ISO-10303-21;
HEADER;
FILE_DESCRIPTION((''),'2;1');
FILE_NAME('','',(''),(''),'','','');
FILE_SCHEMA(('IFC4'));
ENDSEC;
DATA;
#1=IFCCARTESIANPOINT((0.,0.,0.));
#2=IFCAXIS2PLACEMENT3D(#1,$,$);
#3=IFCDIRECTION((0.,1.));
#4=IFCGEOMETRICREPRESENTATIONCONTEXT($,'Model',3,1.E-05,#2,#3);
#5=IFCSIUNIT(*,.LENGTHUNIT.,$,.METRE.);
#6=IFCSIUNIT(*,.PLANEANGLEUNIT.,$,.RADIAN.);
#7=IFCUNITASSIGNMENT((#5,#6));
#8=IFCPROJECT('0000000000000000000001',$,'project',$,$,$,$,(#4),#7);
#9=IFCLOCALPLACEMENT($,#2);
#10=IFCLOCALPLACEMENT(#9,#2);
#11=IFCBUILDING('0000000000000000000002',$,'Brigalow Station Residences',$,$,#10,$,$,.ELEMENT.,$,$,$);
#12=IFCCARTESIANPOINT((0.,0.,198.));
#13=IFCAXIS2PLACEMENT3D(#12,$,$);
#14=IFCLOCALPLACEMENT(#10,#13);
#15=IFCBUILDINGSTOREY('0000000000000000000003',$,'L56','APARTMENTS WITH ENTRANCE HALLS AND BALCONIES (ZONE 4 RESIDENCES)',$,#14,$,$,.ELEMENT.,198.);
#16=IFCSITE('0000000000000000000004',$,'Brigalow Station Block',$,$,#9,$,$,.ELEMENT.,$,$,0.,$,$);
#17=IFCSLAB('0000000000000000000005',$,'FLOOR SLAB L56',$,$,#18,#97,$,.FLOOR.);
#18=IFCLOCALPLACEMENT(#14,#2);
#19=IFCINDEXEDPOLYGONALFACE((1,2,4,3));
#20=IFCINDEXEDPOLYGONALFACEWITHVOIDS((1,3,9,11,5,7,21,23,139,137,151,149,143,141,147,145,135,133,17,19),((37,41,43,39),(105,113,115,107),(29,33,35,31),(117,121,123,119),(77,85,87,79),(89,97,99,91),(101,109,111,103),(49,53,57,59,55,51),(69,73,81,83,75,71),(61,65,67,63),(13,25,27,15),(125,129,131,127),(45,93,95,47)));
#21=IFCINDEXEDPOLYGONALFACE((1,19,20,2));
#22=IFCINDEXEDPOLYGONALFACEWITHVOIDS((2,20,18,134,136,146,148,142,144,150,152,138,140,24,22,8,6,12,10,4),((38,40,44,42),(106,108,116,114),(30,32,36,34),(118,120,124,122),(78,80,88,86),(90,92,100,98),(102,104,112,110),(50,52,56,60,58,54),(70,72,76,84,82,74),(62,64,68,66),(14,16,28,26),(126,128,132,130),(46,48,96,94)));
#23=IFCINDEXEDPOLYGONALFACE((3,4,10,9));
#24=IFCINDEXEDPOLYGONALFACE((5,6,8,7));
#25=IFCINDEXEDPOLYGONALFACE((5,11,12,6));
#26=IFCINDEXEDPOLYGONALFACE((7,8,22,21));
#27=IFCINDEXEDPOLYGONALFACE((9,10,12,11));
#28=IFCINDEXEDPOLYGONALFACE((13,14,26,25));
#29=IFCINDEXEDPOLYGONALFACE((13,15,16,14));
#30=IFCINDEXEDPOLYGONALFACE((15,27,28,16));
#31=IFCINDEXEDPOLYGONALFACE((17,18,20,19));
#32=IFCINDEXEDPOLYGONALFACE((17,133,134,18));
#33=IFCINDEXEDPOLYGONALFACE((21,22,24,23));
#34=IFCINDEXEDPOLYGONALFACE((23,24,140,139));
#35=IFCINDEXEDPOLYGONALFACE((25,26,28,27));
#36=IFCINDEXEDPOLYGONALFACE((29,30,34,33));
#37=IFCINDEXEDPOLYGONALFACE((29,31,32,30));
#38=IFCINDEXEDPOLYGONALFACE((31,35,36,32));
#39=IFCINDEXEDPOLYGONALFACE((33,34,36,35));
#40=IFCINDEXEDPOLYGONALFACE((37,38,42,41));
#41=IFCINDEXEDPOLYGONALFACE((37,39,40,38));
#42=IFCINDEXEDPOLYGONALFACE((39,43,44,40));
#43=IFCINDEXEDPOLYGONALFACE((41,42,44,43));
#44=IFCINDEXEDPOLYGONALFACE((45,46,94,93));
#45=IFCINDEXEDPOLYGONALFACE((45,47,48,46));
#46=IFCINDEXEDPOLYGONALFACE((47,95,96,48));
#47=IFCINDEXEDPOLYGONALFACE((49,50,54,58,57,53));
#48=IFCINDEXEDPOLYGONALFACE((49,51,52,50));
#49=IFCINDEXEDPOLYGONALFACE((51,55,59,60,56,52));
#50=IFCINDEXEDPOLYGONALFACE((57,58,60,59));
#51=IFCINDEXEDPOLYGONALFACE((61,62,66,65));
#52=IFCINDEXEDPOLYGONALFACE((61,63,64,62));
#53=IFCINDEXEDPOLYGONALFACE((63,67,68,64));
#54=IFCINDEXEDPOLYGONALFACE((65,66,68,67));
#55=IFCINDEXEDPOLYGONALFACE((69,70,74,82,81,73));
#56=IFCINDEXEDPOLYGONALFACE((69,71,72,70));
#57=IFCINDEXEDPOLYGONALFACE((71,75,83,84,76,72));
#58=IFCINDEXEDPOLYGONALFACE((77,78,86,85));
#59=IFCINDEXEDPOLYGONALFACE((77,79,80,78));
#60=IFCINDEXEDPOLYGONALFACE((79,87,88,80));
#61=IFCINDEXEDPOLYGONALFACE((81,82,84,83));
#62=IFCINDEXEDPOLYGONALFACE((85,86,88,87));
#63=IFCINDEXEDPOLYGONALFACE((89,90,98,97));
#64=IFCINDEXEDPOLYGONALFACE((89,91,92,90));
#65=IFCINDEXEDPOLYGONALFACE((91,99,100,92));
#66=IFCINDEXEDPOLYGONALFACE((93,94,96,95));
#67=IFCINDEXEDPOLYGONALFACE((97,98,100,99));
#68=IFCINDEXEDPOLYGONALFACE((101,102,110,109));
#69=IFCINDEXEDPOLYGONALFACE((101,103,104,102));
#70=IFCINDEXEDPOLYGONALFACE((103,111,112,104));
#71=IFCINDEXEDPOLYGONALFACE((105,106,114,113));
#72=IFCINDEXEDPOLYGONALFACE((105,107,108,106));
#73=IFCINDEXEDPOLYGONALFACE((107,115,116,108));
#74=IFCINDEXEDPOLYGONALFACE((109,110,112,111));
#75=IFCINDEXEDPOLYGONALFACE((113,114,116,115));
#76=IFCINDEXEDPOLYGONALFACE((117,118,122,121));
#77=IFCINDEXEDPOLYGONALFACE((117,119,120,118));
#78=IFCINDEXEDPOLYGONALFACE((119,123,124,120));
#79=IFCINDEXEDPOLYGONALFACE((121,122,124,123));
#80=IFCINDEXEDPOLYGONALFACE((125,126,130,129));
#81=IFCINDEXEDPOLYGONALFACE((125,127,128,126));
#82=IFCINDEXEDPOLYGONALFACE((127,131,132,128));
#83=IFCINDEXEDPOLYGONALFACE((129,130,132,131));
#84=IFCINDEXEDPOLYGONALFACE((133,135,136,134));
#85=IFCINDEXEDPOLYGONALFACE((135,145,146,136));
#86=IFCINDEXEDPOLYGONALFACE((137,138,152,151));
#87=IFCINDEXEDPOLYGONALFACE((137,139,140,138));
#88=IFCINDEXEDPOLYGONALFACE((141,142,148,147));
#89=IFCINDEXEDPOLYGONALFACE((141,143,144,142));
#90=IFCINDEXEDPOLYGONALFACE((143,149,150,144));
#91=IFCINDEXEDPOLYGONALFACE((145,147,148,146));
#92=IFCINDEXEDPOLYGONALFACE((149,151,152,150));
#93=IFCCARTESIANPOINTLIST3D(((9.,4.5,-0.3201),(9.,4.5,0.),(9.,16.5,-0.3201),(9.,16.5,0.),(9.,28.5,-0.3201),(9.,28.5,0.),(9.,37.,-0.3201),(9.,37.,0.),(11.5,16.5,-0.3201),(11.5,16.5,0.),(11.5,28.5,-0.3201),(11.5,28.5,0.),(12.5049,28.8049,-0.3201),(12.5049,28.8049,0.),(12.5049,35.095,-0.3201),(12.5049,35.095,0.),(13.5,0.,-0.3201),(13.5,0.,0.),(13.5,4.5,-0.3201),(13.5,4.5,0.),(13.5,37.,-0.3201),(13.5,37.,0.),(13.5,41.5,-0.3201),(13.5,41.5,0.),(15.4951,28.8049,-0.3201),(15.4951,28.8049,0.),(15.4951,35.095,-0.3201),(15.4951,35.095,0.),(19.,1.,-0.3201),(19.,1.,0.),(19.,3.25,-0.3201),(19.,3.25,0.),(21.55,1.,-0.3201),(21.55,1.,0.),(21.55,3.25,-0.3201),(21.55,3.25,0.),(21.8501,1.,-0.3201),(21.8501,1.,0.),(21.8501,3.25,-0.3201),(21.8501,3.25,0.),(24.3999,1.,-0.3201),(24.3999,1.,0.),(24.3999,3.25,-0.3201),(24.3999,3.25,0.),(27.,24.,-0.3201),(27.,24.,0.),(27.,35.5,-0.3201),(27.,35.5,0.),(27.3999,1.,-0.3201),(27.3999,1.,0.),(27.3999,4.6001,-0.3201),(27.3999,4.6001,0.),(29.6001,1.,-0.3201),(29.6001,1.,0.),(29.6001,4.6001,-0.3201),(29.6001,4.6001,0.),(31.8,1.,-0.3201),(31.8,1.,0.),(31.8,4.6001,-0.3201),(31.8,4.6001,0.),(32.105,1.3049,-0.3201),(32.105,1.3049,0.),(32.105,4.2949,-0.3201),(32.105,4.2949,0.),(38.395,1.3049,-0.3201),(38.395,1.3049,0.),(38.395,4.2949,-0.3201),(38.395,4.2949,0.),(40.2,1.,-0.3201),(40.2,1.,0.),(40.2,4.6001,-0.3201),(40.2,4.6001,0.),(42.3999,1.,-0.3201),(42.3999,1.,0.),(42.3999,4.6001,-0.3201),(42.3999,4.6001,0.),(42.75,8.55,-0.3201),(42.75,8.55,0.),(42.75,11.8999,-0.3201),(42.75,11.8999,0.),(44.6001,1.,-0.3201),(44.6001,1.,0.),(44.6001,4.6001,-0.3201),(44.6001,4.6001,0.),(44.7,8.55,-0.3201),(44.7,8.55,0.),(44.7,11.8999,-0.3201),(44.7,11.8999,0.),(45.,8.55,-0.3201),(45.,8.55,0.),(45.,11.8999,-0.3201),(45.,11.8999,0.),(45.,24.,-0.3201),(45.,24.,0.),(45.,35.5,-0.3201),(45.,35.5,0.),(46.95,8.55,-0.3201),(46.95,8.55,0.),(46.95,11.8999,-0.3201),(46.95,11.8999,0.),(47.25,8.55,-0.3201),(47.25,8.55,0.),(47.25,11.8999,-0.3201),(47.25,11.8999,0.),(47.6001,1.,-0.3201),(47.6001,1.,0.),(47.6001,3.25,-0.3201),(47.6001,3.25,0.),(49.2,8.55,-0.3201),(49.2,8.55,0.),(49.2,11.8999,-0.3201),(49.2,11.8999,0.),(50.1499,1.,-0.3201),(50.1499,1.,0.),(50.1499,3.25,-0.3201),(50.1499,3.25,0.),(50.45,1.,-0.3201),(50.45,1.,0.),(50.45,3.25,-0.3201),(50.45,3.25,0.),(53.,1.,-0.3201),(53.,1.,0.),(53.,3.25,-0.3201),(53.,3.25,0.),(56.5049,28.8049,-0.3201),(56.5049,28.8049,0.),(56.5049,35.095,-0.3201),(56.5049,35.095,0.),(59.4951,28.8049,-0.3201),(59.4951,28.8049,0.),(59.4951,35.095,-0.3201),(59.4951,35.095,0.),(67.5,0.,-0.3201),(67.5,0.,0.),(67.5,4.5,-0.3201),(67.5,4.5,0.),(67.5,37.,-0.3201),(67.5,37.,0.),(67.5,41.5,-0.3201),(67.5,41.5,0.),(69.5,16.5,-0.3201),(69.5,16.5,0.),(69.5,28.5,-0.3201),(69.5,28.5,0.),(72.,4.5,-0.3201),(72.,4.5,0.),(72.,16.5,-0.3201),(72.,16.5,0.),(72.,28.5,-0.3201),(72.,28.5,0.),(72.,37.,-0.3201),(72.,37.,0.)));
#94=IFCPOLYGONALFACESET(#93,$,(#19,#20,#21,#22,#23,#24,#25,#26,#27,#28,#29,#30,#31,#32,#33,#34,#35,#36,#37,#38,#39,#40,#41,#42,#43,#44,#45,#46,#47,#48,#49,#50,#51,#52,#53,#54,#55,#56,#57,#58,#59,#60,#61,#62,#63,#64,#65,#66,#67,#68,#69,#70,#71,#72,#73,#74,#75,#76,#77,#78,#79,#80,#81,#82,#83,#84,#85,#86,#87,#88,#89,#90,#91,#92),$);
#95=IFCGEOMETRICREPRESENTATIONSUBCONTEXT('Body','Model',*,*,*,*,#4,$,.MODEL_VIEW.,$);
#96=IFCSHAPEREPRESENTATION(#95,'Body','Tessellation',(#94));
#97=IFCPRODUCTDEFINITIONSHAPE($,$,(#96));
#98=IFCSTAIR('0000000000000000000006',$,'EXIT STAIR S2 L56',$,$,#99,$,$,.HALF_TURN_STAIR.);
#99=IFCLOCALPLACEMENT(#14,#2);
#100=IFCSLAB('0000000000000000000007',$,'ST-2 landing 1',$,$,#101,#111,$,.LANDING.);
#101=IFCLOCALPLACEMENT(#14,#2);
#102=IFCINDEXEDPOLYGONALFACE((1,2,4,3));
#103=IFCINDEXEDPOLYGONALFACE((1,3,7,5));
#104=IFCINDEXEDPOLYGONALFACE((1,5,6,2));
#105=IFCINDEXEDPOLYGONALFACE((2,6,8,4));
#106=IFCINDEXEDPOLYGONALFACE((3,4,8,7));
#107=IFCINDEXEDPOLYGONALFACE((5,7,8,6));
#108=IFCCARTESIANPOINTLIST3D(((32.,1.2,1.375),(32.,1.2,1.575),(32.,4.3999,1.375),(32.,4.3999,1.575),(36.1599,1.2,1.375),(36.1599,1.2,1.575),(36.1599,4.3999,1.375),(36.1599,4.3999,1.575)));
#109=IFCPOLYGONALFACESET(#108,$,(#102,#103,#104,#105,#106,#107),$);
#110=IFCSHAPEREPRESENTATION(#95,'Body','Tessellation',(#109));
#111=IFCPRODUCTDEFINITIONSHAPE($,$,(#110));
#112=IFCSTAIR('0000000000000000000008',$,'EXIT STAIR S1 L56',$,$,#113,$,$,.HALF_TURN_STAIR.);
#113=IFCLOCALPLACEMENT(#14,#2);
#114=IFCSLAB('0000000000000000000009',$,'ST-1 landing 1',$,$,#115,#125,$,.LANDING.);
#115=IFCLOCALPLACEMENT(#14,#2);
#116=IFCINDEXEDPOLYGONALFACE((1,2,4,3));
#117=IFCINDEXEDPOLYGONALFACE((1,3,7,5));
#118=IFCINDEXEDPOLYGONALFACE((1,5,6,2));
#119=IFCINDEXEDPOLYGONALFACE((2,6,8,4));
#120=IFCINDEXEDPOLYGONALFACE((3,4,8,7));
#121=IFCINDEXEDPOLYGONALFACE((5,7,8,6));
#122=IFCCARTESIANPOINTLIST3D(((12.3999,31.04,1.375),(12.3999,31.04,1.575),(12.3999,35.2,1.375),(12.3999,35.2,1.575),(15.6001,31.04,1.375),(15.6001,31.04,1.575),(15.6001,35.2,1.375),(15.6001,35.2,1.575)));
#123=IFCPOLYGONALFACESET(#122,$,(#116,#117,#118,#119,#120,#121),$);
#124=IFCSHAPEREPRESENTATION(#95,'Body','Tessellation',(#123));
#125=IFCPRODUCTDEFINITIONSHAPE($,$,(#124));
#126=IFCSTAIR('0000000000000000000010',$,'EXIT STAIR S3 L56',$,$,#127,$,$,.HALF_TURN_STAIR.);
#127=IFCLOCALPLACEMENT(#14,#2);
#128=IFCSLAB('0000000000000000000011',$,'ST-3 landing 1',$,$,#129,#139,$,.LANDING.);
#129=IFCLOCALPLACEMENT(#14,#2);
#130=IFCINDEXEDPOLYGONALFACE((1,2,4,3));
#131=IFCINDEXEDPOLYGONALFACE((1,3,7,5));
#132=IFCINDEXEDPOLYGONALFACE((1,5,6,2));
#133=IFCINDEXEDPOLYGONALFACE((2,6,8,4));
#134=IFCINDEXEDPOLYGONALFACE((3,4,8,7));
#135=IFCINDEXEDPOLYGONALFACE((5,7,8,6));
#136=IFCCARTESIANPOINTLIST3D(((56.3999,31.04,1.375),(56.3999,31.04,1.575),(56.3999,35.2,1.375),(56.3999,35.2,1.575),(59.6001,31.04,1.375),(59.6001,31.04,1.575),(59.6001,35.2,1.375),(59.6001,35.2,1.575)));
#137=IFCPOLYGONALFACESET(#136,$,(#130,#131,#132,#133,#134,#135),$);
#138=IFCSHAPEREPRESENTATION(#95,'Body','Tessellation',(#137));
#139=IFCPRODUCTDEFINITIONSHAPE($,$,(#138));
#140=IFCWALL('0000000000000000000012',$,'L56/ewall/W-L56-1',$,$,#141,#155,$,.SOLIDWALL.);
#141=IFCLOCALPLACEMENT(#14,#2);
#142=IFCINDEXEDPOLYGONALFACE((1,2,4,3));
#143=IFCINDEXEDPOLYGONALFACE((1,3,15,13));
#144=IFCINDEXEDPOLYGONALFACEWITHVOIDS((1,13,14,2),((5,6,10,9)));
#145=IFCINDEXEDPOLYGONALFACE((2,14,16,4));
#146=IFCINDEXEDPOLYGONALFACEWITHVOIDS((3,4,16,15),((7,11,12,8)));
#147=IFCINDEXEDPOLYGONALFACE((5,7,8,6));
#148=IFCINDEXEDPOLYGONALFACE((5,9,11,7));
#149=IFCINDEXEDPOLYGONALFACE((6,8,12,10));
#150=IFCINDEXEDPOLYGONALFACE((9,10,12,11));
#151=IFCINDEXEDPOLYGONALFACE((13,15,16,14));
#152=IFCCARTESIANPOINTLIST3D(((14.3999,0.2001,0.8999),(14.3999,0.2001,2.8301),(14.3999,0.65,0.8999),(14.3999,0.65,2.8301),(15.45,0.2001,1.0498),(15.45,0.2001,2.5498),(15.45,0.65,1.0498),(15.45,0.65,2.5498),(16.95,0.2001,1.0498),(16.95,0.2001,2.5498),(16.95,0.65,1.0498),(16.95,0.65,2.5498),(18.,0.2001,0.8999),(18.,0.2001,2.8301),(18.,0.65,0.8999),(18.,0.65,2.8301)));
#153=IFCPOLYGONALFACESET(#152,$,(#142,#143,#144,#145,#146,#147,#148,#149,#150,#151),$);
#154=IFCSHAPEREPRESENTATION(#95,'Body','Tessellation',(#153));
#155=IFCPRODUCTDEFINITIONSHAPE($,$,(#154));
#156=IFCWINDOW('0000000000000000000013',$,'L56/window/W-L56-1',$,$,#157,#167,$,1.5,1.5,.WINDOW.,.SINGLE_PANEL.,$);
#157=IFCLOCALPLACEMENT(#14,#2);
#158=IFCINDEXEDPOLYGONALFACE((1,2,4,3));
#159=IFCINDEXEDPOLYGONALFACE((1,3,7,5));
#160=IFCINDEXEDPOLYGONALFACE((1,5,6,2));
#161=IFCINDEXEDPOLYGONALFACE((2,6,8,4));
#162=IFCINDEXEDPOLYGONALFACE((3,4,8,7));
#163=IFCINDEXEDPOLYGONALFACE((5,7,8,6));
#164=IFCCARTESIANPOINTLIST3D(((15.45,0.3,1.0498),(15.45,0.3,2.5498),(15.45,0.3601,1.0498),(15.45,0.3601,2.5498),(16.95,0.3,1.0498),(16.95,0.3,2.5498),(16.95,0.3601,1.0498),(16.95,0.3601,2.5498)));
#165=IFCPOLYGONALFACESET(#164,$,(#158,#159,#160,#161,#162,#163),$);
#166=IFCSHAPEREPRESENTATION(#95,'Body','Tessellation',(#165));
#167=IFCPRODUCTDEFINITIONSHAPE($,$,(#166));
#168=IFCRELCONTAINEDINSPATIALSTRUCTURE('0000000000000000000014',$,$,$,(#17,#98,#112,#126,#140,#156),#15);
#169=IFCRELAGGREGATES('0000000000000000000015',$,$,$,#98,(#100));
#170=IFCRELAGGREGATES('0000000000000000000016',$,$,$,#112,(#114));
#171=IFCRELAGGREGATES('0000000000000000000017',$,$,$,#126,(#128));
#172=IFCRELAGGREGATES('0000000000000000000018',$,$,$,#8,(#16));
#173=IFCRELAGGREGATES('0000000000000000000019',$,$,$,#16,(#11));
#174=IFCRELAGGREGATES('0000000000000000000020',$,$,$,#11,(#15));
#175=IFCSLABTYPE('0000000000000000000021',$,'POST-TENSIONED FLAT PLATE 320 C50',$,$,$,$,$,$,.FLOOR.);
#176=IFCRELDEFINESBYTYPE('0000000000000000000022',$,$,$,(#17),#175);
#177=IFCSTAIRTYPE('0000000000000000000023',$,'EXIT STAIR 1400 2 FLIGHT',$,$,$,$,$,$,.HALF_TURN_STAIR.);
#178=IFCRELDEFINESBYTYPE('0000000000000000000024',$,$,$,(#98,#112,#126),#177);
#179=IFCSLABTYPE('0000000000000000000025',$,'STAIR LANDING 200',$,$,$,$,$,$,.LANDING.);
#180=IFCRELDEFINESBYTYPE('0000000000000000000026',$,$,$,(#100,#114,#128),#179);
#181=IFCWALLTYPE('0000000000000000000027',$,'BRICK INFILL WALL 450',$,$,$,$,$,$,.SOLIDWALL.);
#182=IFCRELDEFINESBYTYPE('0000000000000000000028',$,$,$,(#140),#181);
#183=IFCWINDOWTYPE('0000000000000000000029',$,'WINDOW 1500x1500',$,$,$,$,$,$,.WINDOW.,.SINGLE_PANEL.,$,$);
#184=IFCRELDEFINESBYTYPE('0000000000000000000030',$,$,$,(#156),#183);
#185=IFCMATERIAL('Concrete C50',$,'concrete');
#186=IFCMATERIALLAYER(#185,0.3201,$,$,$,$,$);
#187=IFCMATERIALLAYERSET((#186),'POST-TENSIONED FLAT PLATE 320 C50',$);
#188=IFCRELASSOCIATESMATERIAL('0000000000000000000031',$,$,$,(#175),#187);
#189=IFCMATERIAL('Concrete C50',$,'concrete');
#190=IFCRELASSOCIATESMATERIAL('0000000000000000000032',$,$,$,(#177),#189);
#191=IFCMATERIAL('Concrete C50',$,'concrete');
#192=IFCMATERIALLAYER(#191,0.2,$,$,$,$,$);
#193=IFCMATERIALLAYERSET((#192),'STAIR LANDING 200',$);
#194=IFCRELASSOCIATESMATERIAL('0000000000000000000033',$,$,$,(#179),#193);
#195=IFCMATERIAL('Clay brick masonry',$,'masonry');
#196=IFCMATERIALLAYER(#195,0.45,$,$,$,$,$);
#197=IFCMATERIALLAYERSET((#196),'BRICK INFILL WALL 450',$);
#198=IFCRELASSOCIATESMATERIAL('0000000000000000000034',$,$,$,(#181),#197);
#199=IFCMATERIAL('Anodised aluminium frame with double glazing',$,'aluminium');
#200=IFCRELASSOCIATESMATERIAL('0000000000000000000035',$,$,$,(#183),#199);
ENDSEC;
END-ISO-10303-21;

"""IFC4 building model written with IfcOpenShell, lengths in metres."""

from ifc_helpers import new_model, si_unit, direction, frame, frame_2d, origin, place, context, subcontext, project, spatial, polyline, rectangle, outline, extrude, material, layer, layer_set, type_object, element, fill, aggregate, save


model = new_model("IFC4")

# Units and contexts
model_context = context("Model", 3, precision=1e-05, world=origin(), true_north=direction((0.0, 1.0)))
body_context = subcontext(model_context, "Body", "Model", "MODEL_VIEW")
ifc_project = project(units=[si_unit("LENGTHUNIT", "METRE"), si_unit("PLANEANGLEUNIT", "RADIAN")], contexts=[model_context])

# Site, building, storey
site_placement = place(None, origin())
site = spatial("IfcSite", under=ifc_project, at=site_placement, Name="Brigalow Station Block", CompositionType="ELEMENT", RefElevation=0.0)
building_placement = place(site_placement, origin())
building = spatial("IfcBuilding", under=site, at=building_placement, Name="Brigalow Station Residences", CompositionType="ELEMENT")
storey_placement = place(building_placement, frame((0.0, 0.0, 198.0)))
storey = spatial("IfcBuildingStorey", under=building, at=storey_placement, Name="L56", Description="APARTMENTS WITH ENTRANCE HALLS AND BALCONIES (ZONE 4 RESIDENCES)", CompositionType="ELEMENT", Elevation=198.0)

# Slab
ifc_material_1 = material(Name="Concrete C50", Category="concrete")
ifc_layer_1 = layer(ifc_material_1, 0.3201)
ifc_layer_set_1 = layer_set([ifc_layer_1], Name="POST-TENSIONED FLAT PLATE 320 C50")
slab_type_1 = type_object("IfcSlabType", Name="POST-TENSIONED FLAT PLATE 320 C50", PredefinedType="FLOOR", material=ifc_layer_set_1)
slab_1_placement = place(storey_placement, frame((0.0, 0.0, -0.3201)))
element("IfcSlab", 1, at=slab_1_placement, inside=storey, type_object=slab_type_1, Name="FLOOR SLAB L56", PredefinedType="FLOOR", context=body_context, shape_type="SweptSolid", body=[
    extrude(outline(polyline([(13.5, 0.0), (67.5, 0.0), (67.5, 4.5), (72.0, 4.5), (72.0, 16.5), (69.5, 16.5), (69.5, 28.5), (72.0, 28.5), (72.0, 37.0), (67.5, 37.0), (67.5, 41.5), (13.5, 41.5), (13.5, 37.0), (9.0, 37.0), (9.0, 28.5), (11.5, 28.5), (11.5, 16.5), (9.0, 16.5), (9.0, 4.5), (13.5, 4.5), (13.5, 0.0)]), holes=[polyline([(12.5049, 35.095), (15.4951, 35.095), (15.4951, 28.8049), (12.5049, 28.8049), (12.5049, 35.095)]), polyline([(19.0, 1.0), (19.0, 3.25), (21.55, 3.25), (21.55, 1.0), (19.0, 1.0)]), polyline([(21.8501, 3.25), (24.3999, 3.25), (24.3999, 1.0), (21.8501, 1.0), (21.8501, 3.25)]), polyline([(27.0, 35.5), (45.0, 35.5), (45.0, 24.0), (27.0, 24.0), (27.0, 35.5)]), polyline([(29.6001, 4.6001), (31.8, 4.6001), (31.8, 1.0), (29.6001, 1.0), (27.3999, 1.0), (27.3999, 4.6001), (29.6001, 4.6001)]), polyline([(32.105, 4.2949), (38.395, 4.2949), (38.395, 1.3049), (32.105, 1.3049), (32.105, 4.2949)]), polyline([(40.2, 4.6001), (42.3999, 4.6001), (44.6001, 4.6001), (44.6001, 1.0), (42.3999, 1.0), (40.2, 1.0), (40.2, 4.6001)]), polyline([(42.75, 11.8999), (44.7, 11.8999), (44.7, 8.55), (42.75, 8.55), (42.75, 11.8999)]), polyline([(45.0, 11.8999), (46.95, 11.8999), (46.95, 8.55), (45.0, 8.55), (45.0, 11.8999)]), polyline([(47.25, 11.8999), (49.2, 11.8999), (49.2, 8.55), (47.25, 8.55), (47.25, 11.8999)]), polyline([(47.6001, 3.25), (50.1499, 3.25), (50.1499, 1.0), (47.6001, 1.0), (47.6001, 3.25)]), polyline([(50.45, 3.25), (53.0, 3.25), (53.0, 1.0), (50.45, 1.0), (50.45, 3.25)]), polyline([(56.5049, 35.095), (59.4951, 35.095), (59.4951, 28.8049), (56.5049, 28.8049), (56.5049, 35.095)])]), origin(), (0.0, 0.0, 1.0), 0.3201),
])

# Stairs, slabs
ifc_material_2 = material(Name="Concrete C50", Category="concrete")
stair_type = type_object("IfcStairType", Name="EXIT STAIR 1400 2 FLIGHT", PredefinedType="HALF_TURN_STAIR", material=ifc_material_2)
stair_1_placement = place(storey_placement, origin())
stair_1 = element("IfcStair", 2, at=stair_1_placement, inside=storey, type_object=stair_type, Name="EXIT STAIR S2 L56", PredefinedType="HALF_TURN_STAIR")
ifc_material_3 = material(Name="Concrete C50", Category="concrete")
ifc_layer_2 = layer(ifc_material_3, 0.2)
ifc_layer_set_2 = layer_set([ifc_layer_2], Name="STAIR LANDING 200")
slab_type_2 = type_object("IfcSlabType", Name="STAIR LANDING 200", PredefinedType="LANDING", material=ifc_layer_set_2)
slab_2_placement = place(storey_placement, frame((0.0, 0.0, 1.375)))
slab_2 = element("IfcSlab", 3, at=slab_2_placement, type_object=slab_type_2, Name="ST-2 landing 1", PredefinedType="LANDING", context=body_context, shape_type="SweptSolid", body=[
    extrude(outline(polyline([(32.0, 1.2), (36.1599, 1.2), (36.1599, 4.3999), (32.0, 4.3999), (32.0, 1.2)])), origin(), (0.0, 0.0, 1.0), 0.2),
])
aggregate(stair_1, [slab_2])
stair_2_placement = place(storey_placement, origin())
stair_2 = element("IfcStair", 4, at=stair_2_placement, inside=storey, type_object=stair_type, Name="EXIT STAIR S1 L56", PredefinedType="HALF_TURN_STAIR")
slab_3_placement = place(storey_placement, frame((0.0, 0.0, 1.375)))
slab_3 = element("IfcSlab", 5, at=slab_3_placement, type_object=slab_type_2, Name="ST-1 landing 1", PredefinedType="LANDING", context=body_context, shape_type="SweptSolid", body=[
    extrude(outline(polyline([(12.3999, 31.04), (15.6001, 31.04), (15.6001, 35.2), (12.3999, 35.2), (12.3999, 31.04)])), origin(), (0.0, 0.0, 1.0), 0.2),
])
aggregate(stair_2, [slab_3])
stair_3_placement = place(storey_placement, origin())
stair_3 = element("IfcStair", 6, at=stair_3_placement, inside=storey, type_object=stair_type, Name="EXIT STAIR S3 L56", PredefinedType="HALF_TURN_STAIR")
slab_4_placement = place(storey_placement, frame((0.0, 0.0, 1.375)))
slab_4 = element("IfcSlab", 7, at=slab_4_placement, type_object=slab_type_2, Name="ST-3 landing 1", PredefinedType="LANDING", context=body_context, shape_type="SweptSolid", body=[
    extrude(outline(polyline([(56.3999, 31.04), (59.6001, 31.04), (59.6001, 35.2), (56.3999, 35.2), (56.3999, 31.04)])), origin(), (0.0, 0.0, 1.0), 0.2),
])
aggregate(stair_3, [slab_4])

# Wall, opening, window
ifc_material_4 = material(Name="Clay brick masonry", Category="masonry")
ifc_layer_3 = layer(ifc_material_4, 0.45)
ifc_layer_set_3 = layer_set([ifc_layer_3], Name="BRICK INFILL WALL 450")
wall_type_1 = type_object("IfcWallType", Name="BRICK INFILL WALL 450", PredefinedType="SOLIDWALL", material=ifc_layer_set_3)
wall_1_placement = place(storey_placement, frame((14.3999, 0.425, 0.8999), z_axis=(0.0, 0.0, 1.0), x_axis=(1.0, 0.0, 0.0)))
wall_1 = element("IfcWall", 8, at=wall_1_placement, inside=storey, type_object=wall_type_1, Name="L56/ewall/W-L56-1", PredefinedType="SOLIDWALL", context=body_context, shape_type="SweptSolid", body=[
    extrude(rectangle(XDim=3.6001, YDim=0.45, at=frame_2d((1.8, 0.0))), origin(), (0.0, 0.0, 1.0), 1.9302),
])
opening_1_placement = place(wall_1_placement, frame((1.05, 0.0, 0.1499)))
opening_1 = element("IfcOpeningElement", 9, at=opening_1_placement, cuts=wall_1, PredefinedType="OPENING", context=body_context, shape_type="SweptSolid", body=[
    extrude(rectangle(XDim=1.5, YDim=1.5, at=frame_2d((0.75, 0.75))), frame((0.0, 0.2349, 0.0), z_axis=(0.0, -1.0, 0.0), x_axis=(1.0, 0.0, 0.0)), (0.0, 0.0, 1.0), 0.47),
])
ifc_material_5 = material(Name="Anodised aluminium frame with double glazing", Category="aluminium")
window_type_1 = type_object("IfcWindowType", Name="WINDOW 1500x1500", PartitioningType="SINGLE_PANEL", PredefinedType="WINDOW", material=ifc_material_5)
window_1_placement = place(opening_1_placement, origin())
window_1 = element("IfcWindow", 10, at=window_1_placement, inside=storey, type_object=window_type_1, Name="L56/window/W-L56-1", OverallHeight=1.5, OverallWidth=1.5, PartitioningType="SINGLE_PANEL", PredefinedType="WINDOW", context=body_context, shape_type="SweptSolid", body=[
    extrude(rectangle(XDim=1.5, YDim=1.5, at=frame_2d((0.75, 0.75))), frame((0.0, -0.0649, 0.0), z_axis=(0.0, -1.0, 0.0), x_axis=(1.0, 0.0, 0.0)), (0.0, 0.0, 1.0), 0.0601),
])
fill(opening_1, window_1)

save(model, "model.ifc")
